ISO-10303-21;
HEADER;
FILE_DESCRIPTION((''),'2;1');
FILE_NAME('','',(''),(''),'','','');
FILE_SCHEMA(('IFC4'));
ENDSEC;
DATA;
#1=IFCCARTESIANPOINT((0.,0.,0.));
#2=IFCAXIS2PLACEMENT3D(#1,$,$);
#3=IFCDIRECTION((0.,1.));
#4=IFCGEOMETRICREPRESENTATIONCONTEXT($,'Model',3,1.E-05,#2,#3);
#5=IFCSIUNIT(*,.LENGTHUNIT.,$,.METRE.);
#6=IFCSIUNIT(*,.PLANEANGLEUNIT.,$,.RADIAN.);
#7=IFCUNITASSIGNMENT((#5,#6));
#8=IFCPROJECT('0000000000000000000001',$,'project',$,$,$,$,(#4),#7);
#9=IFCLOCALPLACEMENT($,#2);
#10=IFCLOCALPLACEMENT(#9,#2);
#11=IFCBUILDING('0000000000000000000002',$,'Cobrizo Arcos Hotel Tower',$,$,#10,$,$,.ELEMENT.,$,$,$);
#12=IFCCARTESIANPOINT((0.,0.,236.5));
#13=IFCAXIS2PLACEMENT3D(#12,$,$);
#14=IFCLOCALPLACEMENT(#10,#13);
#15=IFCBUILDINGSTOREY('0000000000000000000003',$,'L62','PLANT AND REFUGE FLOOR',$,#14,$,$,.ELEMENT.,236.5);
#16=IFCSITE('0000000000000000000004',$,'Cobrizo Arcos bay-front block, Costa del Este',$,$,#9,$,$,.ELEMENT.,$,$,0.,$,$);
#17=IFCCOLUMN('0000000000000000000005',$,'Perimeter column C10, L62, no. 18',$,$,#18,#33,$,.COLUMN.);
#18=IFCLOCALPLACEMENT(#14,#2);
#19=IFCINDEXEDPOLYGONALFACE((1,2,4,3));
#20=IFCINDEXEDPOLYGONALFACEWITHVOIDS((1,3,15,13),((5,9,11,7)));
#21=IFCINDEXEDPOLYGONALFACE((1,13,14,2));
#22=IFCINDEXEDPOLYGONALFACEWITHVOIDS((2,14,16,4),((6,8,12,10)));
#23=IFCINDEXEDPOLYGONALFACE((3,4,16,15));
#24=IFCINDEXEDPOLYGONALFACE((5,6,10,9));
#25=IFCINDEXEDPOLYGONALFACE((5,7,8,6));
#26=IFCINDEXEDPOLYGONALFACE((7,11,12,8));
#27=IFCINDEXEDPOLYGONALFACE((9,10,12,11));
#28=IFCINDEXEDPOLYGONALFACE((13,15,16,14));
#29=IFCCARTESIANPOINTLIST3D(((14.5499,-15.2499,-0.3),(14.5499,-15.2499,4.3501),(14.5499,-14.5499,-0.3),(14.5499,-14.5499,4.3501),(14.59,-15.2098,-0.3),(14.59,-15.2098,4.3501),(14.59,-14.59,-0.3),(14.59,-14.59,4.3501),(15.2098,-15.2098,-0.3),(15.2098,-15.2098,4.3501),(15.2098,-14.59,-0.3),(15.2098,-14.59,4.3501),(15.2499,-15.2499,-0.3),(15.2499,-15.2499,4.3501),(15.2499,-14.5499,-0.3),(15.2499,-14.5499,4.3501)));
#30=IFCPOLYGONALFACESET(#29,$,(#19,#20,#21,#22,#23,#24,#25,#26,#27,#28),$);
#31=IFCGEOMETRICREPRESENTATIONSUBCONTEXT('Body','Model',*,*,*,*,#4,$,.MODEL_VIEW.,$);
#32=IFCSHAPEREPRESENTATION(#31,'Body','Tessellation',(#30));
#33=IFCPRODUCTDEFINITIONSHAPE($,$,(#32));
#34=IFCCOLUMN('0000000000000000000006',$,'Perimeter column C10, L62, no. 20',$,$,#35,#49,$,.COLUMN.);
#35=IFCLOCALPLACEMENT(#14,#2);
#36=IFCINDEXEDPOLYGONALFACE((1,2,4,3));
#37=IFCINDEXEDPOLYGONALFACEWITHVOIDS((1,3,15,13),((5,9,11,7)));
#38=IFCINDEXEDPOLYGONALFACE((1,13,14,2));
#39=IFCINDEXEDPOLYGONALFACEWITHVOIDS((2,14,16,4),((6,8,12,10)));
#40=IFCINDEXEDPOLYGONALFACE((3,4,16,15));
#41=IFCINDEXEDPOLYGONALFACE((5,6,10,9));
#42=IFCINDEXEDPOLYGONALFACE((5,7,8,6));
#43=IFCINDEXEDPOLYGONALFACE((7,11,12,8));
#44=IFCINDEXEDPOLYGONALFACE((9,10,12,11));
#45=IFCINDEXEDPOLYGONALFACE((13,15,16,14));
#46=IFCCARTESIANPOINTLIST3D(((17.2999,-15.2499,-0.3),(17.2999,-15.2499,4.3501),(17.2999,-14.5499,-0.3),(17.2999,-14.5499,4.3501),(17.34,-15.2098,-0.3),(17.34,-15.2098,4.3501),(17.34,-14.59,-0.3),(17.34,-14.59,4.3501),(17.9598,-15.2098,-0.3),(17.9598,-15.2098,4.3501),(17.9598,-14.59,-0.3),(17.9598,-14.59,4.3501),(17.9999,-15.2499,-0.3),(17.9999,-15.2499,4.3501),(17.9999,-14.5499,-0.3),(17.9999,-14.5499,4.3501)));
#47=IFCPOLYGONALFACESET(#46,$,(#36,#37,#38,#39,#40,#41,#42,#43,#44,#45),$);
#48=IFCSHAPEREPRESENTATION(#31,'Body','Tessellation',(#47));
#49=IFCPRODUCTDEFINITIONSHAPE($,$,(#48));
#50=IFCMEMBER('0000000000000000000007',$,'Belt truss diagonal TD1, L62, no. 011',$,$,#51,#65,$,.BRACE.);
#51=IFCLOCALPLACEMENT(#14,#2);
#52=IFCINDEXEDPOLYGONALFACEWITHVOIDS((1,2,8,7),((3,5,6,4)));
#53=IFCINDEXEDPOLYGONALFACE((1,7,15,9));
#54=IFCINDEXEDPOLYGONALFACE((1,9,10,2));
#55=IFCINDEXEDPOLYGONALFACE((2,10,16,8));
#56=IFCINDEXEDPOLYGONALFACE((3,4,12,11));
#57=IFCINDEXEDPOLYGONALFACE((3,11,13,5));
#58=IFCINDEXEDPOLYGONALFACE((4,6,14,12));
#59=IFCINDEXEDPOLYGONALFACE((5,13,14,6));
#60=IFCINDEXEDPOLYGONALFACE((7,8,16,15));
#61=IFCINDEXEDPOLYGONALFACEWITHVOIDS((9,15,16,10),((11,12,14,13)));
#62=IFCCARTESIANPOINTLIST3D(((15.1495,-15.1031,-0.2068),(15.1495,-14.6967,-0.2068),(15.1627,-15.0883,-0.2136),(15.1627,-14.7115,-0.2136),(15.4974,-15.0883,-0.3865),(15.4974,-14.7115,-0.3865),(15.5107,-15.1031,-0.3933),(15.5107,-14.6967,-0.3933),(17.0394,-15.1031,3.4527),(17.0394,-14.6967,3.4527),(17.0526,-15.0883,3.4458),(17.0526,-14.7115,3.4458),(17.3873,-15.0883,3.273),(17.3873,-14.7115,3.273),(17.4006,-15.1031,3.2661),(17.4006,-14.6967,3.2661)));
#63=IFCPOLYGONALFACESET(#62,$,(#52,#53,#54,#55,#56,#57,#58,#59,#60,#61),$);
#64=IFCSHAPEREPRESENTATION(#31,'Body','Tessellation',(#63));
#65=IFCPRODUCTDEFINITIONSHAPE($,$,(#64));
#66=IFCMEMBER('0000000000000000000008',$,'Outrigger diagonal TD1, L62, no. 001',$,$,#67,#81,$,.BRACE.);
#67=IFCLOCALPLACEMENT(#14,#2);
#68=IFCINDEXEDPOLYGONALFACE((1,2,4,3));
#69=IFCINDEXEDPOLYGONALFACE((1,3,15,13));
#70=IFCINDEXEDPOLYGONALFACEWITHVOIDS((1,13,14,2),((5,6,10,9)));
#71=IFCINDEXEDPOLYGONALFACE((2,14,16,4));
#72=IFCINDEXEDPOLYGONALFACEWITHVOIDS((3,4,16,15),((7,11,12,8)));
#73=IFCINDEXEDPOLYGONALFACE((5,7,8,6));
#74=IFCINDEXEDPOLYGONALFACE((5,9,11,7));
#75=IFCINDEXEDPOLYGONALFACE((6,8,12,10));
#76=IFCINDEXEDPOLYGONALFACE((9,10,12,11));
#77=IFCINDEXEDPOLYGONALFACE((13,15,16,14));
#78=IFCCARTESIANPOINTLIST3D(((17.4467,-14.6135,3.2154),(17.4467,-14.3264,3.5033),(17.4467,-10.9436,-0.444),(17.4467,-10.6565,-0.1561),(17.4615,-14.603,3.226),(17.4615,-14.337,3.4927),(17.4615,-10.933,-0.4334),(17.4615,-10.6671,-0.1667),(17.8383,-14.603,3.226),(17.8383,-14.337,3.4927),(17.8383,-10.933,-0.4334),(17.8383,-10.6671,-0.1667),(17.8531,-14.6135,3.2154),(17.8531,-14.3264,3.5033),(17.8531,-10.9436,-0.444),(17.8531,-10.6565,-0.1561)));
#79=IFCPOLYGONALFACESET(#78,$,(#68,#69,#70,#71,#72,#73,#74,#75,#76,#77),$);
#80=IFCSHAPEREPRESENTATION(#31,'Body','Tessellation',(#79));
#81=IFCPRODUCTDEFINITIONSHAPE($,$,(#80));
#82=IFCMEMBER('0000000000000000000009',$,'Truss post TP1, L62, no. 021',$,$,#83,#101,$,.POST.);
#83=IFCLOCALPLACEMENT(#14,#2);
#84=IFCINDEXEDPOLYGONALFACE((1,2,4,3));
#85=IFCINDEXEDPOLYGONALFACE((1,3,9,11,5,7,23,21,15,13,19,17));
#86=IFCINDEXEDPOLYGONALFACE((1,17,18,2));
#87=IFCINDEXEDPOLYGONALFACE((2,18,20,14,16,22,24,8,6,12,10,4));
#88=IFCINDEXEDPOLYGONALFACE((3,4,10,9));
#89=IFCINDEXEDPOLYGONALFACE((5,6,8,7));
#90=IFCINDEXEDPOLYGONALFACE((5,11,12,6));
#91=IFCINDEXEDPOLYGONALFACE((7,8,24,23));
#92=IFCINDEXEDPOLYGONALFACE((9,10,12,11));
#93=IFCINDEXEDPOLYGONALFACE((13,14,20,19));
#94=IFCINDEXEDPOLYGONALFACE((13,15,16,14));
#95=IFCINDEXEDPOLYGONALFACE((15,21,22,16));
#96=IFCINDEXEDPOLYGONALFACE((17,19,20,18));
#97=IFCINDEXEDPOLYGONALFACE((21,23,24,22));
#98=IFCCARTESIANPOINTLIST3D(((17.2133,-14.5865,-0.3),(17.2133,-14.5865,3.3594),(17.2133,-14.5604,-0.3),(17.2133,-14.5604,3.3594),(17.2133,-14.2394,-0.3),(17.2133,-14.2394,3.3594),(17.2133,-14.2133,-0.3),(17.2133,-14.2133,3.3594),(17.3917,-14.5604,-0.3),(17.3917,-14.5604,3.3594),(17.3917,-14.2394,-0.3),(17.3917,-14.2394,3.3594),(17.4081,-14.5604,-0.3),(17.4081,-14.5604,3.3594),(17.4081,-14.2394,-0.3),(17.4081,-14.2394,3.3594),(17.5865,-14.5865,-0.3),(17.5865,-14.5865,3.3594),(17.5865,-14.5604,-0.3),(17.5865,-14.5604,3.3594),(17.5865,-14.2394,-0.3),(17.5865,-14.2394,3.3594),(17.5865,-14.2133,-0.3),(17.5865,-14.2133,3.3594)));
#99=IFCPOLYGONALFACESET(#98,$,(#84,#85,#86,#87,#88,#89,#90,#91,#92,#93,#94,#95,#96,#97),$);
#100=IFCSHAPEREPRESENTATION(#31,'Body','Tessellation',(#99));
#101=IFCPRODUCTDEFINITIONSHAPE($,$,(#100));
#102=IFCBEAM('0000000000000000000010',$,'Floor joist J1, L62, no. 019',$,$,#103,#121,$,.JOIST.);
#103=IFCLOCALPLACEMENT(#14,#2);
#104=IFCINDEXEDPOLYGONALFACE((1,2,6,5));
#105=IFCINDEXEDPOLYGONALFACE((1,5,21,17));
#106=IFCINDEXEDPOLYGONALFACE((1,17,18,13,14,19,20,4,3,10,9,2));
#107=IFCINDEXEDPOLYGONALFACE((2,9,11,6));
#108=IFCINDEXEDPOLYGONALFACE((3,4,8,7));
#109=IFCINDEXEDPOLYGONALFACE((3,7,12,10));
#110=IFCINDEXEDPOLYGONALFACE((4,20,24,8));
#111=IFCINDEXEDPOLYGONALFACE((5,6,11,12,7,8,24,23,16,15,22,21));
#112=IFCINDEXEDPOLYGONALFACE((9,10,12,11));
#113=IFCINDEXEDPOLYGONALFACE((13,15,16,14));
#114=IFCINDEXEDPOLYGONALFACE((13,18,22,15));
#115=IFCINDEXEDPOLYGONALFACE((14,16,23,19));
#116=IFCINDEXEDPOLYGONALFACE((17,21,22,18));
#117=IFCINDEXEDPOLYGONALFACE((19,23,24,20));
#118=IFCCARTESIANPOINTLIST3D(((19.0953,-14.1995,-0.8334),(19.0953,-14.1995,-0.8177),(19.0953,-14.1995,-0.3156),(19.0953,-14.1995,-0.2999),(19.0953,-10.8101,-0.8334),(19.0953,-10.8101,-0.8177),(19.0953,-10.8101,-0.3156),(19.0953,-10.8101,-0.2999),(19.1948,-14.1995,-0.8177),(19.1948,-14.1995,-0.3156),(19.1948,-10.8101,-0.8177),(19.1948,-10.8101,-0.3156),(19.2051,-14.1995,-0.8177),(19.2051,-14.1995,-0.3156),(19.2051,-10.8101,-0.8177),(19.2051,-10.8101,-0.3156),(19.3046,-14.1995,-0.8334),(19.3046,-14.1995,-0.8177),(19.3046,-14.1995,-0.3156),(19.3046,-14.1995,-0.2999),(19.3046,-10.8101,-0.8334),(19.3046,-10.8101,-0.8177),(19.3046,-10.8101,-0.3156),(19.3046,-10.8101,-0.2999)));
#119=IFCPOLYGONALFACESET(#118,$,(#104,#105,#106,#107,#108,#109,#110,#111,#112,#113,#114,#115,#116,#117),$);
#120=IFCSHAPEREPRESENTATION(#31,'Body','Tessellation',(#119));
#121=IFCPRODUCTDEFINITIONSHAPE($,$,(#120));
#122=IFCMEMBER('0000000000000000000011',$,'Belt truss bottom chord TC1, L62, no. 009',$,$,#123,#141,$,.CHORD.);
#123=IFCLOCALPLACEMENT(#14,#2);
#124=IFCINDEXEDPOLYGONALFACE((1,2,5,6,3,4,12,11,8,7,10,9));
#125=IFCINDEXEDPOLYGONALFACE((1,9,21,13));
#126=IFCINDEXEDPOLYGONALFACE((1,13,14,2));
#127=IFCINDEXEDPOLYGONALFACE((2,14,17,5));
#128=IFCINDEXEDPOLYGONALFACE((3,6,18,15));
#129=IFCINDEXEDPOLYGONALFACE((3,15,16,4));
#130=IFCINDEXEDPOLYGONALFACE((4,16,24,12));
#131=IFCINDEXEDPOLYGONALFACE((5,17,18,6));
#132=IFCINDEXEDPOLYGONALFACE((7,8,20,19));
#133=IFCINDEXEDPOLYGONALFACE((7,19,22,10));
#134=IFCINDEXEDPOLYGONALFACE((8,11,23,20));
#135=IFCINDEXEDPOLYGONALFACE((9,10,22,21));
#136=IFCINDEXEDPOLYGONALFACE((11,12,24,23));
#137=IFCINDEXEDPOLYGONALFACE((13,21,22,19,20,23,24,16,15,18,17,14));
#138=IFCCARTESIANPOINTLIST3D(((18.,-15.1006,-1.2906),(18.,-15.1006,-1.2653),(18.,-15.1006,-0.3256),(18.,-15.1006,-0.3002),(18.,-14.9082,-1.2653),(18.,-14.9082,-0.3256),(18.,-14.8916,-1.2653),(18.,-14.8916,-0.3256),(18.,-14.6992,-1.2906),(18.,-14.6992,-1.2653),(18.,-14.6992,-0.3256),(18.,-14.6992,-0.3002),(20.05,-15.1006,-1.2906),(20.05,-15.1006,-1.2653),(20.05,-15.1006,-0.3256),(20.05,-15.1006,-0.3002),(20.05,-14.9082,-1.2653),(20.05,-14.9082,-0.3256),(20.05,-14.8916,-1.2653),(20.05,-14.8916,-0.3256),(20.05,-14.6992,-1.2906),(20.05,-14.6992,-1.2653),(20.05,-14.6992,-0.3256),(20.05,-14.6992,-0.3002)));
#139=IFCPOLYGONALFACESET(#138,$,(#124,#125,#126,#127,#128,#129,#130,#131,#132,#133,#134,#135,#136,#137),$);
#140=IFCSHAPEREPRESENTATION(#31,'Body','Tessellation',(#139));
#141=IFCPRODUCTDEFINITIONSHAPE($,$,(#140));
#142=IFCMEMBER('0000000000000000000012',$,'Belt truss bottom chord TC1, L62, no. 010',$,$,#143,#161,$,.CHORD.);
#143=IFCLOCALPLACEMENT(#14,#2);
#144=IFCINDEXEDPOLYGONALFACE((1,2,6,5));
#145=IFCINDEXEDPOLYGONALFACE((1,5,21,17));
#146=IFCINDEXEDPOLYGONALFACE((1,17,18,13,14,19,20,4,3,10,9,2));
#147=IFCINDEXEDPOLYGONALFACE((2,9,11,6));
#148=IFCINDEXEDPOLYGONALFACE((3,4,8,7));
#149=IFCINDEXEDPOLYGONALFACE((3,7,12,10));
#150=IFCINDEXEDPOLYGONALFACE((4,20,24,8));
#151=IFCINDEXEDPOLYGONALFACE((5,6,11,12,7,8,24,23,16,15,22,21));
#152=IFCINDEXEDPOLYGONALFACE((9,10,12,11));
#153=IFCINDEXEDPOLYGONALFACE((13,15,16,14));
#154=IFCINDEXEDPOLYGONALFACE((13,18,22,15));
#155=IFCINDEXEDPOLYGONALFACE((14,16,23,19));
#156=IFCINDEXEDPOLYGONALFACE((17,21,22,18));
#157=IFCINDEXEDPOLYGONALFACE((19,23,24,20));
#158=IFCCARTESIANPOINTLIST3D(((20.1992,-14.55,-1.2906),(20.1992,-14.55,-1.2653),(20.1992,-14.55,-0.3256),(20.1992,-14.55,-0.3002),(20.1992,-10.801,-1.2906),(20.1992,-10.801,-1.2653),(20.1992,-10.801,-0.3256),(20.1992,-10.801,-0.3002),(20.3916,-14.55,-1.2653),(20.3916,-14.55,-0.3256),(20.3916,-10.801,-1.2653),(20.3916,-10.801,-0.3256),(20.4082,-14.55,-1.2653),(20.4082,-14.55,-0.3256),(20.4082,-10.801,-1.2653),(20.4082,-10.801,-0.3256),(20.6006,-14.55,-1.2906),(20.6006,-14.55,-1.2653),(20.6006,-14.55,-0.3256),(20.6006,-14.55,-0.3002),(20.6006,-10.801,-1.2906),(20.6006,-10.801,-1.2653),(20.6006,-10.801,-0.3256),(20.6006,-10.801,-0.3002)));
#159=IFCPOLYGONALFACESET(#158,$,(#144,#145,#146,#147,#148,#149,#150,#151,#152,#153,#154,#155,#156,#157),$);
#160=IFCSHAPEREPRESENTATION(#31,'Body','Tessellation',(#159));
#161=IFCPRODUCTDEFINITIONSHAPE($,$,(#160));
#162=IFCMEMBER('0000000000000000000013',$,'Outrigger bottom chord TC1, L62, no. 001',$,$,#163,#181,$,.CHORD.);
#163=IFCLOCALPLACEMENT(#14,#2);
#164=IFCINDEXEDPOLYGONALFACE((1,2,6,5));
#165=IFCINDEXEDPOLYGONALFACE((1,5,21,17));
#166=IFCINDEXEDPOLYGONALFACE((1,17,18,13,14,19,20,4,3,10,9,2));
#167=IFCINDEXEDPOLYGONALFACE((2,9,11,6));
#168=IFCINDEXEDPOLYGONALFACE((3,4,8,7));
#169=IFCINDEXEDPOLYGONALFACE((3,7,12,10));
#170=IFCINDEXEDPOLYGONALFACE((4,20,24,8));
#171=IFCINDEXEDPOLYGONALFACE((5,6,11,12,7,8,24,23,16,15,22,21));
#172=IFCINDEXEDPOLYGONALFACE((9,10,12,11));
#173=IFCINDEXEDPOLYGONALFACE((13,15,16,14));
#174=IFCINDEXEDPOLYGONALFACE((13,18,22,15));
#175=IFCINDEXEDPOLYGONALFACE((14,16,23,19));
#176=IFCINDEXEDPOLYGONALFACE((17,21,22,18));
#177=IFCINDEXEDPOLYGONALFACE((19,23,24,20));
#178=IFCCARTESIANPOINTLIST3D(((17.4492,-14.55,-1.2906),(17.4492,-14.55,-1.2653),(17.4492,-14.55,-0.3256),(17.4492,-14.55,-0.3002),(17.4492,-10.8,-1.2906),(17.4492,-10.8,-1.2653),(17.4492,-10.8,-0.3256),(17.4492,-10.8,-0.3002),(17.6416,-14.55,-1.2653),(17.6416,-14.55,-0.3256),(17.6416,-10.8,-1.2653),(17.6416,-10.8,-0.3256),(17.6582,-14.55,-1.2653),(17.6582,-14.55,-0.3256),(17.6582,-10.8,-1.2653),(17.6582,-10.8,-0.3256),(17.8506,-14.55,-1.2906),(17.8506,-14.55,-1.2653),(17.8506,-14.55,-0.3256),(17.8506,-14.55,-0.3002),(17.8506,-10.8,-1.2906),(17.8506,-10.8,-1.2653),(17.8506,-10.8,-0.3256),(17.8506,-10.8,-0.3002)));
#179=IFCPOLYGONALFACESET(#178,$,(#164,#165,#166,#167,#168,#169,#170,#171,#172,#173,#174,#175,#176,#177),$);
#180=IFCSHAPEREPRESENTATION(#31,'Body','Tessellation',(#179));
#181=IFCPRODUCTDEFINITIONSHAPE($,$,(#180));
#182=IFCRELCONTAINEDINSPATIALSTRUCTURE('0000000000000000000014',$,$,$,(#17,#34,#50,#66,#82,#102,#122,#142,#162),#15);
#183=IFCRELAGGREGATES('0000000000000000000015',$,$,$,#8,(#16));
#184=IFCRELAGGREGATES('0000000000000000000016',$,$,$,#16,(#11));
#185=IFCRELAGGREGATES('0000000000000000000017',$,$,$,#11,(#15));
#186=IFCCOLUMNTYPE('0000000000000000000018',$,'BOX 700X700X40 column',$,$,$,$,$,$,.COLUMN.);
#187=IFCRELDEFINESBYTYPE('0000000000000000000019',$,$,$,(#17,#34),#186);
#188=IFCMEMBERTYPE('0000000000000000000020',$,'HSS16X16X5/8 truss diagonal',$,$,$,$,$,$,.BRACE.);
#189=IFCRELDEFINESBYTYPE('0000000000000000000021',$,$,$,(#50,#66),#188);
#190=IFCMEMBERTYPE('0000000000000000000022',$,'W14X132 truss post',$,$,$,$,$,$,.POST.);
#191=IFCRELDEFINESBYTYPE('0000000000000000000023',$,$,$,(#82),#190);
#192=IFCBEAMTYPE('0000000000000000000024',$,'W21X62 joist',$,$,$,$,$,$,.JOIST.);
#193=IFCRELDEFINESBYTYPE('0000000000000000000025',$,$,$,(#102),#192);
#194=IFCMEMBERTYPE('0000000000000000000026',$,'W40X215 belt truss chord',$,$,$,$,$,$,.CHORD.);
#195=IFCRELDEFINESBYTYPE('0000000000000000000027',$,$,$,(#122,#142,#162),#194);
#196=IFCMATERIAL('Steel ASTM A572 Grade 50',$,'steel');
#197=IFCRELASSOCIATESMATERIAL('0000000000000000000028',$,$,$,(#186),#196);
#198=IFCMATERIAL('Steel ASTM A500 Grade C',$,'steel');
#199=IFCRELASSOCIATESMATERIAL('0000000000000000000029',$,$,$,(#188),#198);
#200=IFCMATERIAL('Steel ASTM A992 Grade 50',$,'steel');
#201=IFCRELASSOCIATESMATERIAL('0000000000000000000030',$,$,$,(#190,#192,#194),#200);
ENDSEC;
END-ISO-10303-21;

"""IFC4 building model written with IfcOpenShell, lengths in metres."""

from ifc_helpers import new_model, si_unit, direction, frame, origin, origin_2d, place, context, subcontext, project, spatial, hollow_rectangle, i_section, extrude, material, material_profile, profile_set, type_object, element, save


model = new_model("IFC4")

# Units and contexts
model_context = context("Model", 3, precision=1e-05, world=origin(), true_north=direction((0.0, 1.0)))
body_context = subcontext(model_context, "Body", "Model", "MODEL_VIEW")
ifc_project = project(units=[si_unit("LENGTHUNIT", "METRE"), si_unit("PLANEANGLEUNIT", "RADIAN")], contexts=[model_context])

# Site, building, storey
site_placement = place(None, origin())
site = spatial("IfcSite", under=ifc_project, at=site_placement, Name="Cobrizo Arcos bay-front block, Costa del Este", CompositionType="ELEMENT", RefElevation=0.0)
building_placement = place(site_placement, origin())
building = spatial("IfcBuilding", under=site, at=building_placement, Name="Cobrizo Arcos Hotel Tower", CompositionType="ELEMENT")
storey_placement = place(building_placement, frame((0.0, 0.0, 236.5)))
storey = spatial("IfcBuildingStorey", under=building, at=storey_placement, Name="L62", Description="PLANT AND REFUGE FLOOR", CompositionType="ELEMENT", Elevation=236.5)

# Columns
ifc_material_1 = material(Name="Steel ASTM A572 Grade 50", Category="steel")
ifc_material_profile_1 = material_profile(ifc_material_1, hollow_rectangle(XDim=0.7, YDim=0.7, WallThickness=0.04, at=origin_2d()), Name="BOX 700X700X40")
ifc_profile_set_1 = profile_set([ifc_material_profile_1], Name="Steel ASTM A572 Grade 50")
column_type = type_object("IfcColumnType", Name="BOX 700X700X40 column", PredefinedType="COLUMN", material=ifc_profile_set_1)
for number, where, z_axis, x_axis, name in (
    (1, (14.8999, -14.8999, -0.3), (0.0, 0.0, 1.0), (1.0, 0.0, 0.0), "Perimeter column C10, L62, no. 18"),
    (2, (17.6499, -14.8999, -0.3), (0.0, 0.0, 1.0), (1.0, 0.0, 0.0), "Perimeter column C10, L62, no. 20"),
):
    element("IfcColumn", number, at=place(storey_placement, frame(where, z_axis=z_axis, x_axis=x_axis)), inside=storey, type_object=column_type, Name=name, PredefinedType="COLUMN", context=body_context, shape_type="SweptSolid", body=[
        extrude(hollow_rectangle(XDim=0.7, YDim=0.7, WallThickness=0.04, at=origin_2d()), origin(), (0.0, 0.0, 1.0), 4.6501),
    ])

# Members
ifc_material_2 = material(Name="Steel ASTM A500 Grade C", Category="steel")
ifc_material_profile_2 = material_profile(ifc_material_2, hollow_rectangle(XDim=0.4065, YDim=0.4065, WallThickness=0.0149, at=origin_2d()), Name="HSS16X16X5/8")
ifc_profile_set_2 = profile_set([ifc_material_profile_2], Name="Steel ASTM A500 Grade C")
member_type_1 = type_object("IfcMemberType", Name="HSS16X16X5/8 truss diagonal", PredefinedType="BRACE", material=ifc_profile_set_2)
member_1_placement = place(storey_placement, frame((15.3301, -14.8999, -0.3), z_axis=(0.458865, 0.0, 0.888506), x_axis=(0.0, 1.0, 0.0)))
element("IfcMember", 3, at=member_1_placement, inside=storey, type_object=member_type_1, Name="Belt truss diagonal TD1, L62, no. 011", PredefinedType="BRACE", context=body_context, shape_type="SweptSolid", body=[
    extrude(hollow_rectangle(XDim=0.4065, YDim=0.4065, WallThickness=0.0149, at=origin_2d()), origin(), (0.0, 0.0, 1.0), 4.1187),
])
member_2_placement = place(storey_placement, frame((17.6499, -10.8, -0.3), z_axis=(0.0, -0.708119, 0.706093), x_axis=(1.0, 0.0, 0.0)))
element("IfcMember", 4, at=member_2_placement, inside=storey, type_object=member_type_1, Name="Outrigger diagonal TD1, L62, no. 001", PredefinedType="BRACE", context=body_context, shape_type="SweptSolid", body=[
    extrude(hollow_rectangle(XDim=0.4065, YDim=0.4065, WallThickness=0.0149, at=origin_2d()), origin(), (0.0, 0.0, 1.0), 5.1826),
])
ifc_material_3 = material(Name="Steel ASTM A992 Grade 50", Category="steel")
ifc_material_profile_3 = material_profile(ifc_material_3, i_section(OverallWidth=0.3733, OverallDepth=0.3733, WebThickness=0.0164, FlangeThickness=0.0261, at=origin_2d()), Name="W14X132")
ifc_profile_set_3 = profile_set([ifc_material_profile_3], Name="Steel ASTM A992 Grade 50")
member_type_2 = type_object("IfcMemberType", Name="W14X132 truss post", PredefinedType="POST", material=ifc_profile_set_3)
member_3_placement = place(storey_placement, frame((17.3999, -14.3999, -0.3), z_axis=(0.0, 0.0, 1.0), x_axis=(1.0, 0.0, 0.0)))
element("IfcMember", 5, at=member_3_placement, inside=storey, type_object=member_type_2, Name="Truss post TP1, L62, no. 021", PredefinedType="POST", context=body_context, shape_type="SweptSolid", body=[
    extrude(i_section(OverallWidth=0.3733, OverallDepth=0.3733, WebThickness=0.0164, FlangeThickness=0.0261, at=origin_2d()), origin(), (0.0, 0.0, 1.0), 3.6594),
])

# Beam
ifc_material_profile_4 = material_profile(ifc_material_3, i_section(OverallWidth=0.2092, OverallDepth=0.5334, WebThickness=0.0103, FlangeThickness=0.0156, at=origin_2d()), Name="W21X62")
ifc_profile_set_4 = profile_set([ifc_material_profile_4], Name="Steel ASTM A992 Grade 50")
beam_type = type_object("IfcBeamType", Name="W21X62 joist", PredefinedType="JOIST", material=ifc_profile_set_4)
beam_placement = place(storey_placement, frame((19.2, -14.1995, -0.5667), z_axis=(0.0, 1.0, 0.0), x_axis=(-1.0, 0.0, 0.0)))
element("IfcBeam", 6, at=beam_placement, inside=storey, type_object=beam_type, Name="Floor joist J1, L62, no. 019", PredefinedType="JOIST", context=body_context, shape_type="SweptSolid", body=[
    extrude(i_section(OverallWidth=0.2092, OverallDepth=0.5334, WebThickness=0.0103, FlangeThickness=0.0156, at=origin_2d()), origin(), (0.0, 0.0, 1.0), 3.3894),
])

# Members
ifc_material_profile_5 = material_profile(ifc_material_3, i_section(OverallWidth=0.4014, OverallDepth=0.9905, WebThickness=0.0166, FlangeThickness=0.0254, at=origin_2d()), Name="W40X215")
ifc_profile_set_5 = profile_set([ifc_material_profile_5], Name="Steel ASTM A992 Grade 50")
member_type_3 = type_object("IfcMemberType", Name="W40X215 belt truss chord", PredefinedType="CHORD", material=ifc_profile_set_5)
member_4_placement = place(storey_placement, frame((18.0, -14.8999, -0.7954), z_axis=(1.0, 0.0, 0.0), x_axis=(0.0, 1.0, 0.0)))
element("IfcMember", 7, at=member_4_placement, inside=storey, type_object=member_type_3, Name="Belt truss bottom chord TC1, L62, no. 009", PredefinedType="CHORD", context=body_context, shape_type="SweptSolid", body=[
    extrude(i_section(OverallWidth=0.4014, OverallDepth=0.9905, WebThickness=0.0166, FlangeThickness=0.0254, at=origin_2d()), origin(), (0.0, 0.0, 1.0), 2.05),
])
member_5_placement = place(storey_placement, frame((20.3999, -14.55, -0.7954), z_axis=(0.0, 1.0, 0.0), x_axis=(-1.0, 0.0, 0.0)))
element("IfcMember", 8, at=member_5_placement, inside=storey, type_object=member_type_3, Name="Belt truss bottom chord TC1, L62, no. 010", PredefinedType="CHORD", context=body_context, shape_type="SweptSolid", body=[
    extrude(i_section(OverallWidth=0.4014, OverallDepth=0.9905, WebThickness=0.0166, FlangeThickness=0.0254, at=origin_2d()), origin(), (0.0, 0.0, 1.0), 3.749),
])
member_6_placement = place(storey_placement, frame((17.6499, -10.8, -0.7954), z_axis=(0.0, -1.0, 0.0), x_axis=(1.0, 0.0, 0.0)))
element("IfcMember", 9, at=member_6_placement, inside=storey, type_object=member_type_3, Name="Outrigger bottom chord TC1, L62, no. 001", PredefinedType="CHORD", context=body_context, shape_type="SweptSolid", body=[
    extrude(i_section(OverallWidth=0.4014, OverallDepth=0.9905, WebThickness=0.0166, FlangeThickness=0.0254, at=origin_2d()), origin(), (0.0, 0.0, 1.0), 3.75),
])

save(model, "model.ifc")
